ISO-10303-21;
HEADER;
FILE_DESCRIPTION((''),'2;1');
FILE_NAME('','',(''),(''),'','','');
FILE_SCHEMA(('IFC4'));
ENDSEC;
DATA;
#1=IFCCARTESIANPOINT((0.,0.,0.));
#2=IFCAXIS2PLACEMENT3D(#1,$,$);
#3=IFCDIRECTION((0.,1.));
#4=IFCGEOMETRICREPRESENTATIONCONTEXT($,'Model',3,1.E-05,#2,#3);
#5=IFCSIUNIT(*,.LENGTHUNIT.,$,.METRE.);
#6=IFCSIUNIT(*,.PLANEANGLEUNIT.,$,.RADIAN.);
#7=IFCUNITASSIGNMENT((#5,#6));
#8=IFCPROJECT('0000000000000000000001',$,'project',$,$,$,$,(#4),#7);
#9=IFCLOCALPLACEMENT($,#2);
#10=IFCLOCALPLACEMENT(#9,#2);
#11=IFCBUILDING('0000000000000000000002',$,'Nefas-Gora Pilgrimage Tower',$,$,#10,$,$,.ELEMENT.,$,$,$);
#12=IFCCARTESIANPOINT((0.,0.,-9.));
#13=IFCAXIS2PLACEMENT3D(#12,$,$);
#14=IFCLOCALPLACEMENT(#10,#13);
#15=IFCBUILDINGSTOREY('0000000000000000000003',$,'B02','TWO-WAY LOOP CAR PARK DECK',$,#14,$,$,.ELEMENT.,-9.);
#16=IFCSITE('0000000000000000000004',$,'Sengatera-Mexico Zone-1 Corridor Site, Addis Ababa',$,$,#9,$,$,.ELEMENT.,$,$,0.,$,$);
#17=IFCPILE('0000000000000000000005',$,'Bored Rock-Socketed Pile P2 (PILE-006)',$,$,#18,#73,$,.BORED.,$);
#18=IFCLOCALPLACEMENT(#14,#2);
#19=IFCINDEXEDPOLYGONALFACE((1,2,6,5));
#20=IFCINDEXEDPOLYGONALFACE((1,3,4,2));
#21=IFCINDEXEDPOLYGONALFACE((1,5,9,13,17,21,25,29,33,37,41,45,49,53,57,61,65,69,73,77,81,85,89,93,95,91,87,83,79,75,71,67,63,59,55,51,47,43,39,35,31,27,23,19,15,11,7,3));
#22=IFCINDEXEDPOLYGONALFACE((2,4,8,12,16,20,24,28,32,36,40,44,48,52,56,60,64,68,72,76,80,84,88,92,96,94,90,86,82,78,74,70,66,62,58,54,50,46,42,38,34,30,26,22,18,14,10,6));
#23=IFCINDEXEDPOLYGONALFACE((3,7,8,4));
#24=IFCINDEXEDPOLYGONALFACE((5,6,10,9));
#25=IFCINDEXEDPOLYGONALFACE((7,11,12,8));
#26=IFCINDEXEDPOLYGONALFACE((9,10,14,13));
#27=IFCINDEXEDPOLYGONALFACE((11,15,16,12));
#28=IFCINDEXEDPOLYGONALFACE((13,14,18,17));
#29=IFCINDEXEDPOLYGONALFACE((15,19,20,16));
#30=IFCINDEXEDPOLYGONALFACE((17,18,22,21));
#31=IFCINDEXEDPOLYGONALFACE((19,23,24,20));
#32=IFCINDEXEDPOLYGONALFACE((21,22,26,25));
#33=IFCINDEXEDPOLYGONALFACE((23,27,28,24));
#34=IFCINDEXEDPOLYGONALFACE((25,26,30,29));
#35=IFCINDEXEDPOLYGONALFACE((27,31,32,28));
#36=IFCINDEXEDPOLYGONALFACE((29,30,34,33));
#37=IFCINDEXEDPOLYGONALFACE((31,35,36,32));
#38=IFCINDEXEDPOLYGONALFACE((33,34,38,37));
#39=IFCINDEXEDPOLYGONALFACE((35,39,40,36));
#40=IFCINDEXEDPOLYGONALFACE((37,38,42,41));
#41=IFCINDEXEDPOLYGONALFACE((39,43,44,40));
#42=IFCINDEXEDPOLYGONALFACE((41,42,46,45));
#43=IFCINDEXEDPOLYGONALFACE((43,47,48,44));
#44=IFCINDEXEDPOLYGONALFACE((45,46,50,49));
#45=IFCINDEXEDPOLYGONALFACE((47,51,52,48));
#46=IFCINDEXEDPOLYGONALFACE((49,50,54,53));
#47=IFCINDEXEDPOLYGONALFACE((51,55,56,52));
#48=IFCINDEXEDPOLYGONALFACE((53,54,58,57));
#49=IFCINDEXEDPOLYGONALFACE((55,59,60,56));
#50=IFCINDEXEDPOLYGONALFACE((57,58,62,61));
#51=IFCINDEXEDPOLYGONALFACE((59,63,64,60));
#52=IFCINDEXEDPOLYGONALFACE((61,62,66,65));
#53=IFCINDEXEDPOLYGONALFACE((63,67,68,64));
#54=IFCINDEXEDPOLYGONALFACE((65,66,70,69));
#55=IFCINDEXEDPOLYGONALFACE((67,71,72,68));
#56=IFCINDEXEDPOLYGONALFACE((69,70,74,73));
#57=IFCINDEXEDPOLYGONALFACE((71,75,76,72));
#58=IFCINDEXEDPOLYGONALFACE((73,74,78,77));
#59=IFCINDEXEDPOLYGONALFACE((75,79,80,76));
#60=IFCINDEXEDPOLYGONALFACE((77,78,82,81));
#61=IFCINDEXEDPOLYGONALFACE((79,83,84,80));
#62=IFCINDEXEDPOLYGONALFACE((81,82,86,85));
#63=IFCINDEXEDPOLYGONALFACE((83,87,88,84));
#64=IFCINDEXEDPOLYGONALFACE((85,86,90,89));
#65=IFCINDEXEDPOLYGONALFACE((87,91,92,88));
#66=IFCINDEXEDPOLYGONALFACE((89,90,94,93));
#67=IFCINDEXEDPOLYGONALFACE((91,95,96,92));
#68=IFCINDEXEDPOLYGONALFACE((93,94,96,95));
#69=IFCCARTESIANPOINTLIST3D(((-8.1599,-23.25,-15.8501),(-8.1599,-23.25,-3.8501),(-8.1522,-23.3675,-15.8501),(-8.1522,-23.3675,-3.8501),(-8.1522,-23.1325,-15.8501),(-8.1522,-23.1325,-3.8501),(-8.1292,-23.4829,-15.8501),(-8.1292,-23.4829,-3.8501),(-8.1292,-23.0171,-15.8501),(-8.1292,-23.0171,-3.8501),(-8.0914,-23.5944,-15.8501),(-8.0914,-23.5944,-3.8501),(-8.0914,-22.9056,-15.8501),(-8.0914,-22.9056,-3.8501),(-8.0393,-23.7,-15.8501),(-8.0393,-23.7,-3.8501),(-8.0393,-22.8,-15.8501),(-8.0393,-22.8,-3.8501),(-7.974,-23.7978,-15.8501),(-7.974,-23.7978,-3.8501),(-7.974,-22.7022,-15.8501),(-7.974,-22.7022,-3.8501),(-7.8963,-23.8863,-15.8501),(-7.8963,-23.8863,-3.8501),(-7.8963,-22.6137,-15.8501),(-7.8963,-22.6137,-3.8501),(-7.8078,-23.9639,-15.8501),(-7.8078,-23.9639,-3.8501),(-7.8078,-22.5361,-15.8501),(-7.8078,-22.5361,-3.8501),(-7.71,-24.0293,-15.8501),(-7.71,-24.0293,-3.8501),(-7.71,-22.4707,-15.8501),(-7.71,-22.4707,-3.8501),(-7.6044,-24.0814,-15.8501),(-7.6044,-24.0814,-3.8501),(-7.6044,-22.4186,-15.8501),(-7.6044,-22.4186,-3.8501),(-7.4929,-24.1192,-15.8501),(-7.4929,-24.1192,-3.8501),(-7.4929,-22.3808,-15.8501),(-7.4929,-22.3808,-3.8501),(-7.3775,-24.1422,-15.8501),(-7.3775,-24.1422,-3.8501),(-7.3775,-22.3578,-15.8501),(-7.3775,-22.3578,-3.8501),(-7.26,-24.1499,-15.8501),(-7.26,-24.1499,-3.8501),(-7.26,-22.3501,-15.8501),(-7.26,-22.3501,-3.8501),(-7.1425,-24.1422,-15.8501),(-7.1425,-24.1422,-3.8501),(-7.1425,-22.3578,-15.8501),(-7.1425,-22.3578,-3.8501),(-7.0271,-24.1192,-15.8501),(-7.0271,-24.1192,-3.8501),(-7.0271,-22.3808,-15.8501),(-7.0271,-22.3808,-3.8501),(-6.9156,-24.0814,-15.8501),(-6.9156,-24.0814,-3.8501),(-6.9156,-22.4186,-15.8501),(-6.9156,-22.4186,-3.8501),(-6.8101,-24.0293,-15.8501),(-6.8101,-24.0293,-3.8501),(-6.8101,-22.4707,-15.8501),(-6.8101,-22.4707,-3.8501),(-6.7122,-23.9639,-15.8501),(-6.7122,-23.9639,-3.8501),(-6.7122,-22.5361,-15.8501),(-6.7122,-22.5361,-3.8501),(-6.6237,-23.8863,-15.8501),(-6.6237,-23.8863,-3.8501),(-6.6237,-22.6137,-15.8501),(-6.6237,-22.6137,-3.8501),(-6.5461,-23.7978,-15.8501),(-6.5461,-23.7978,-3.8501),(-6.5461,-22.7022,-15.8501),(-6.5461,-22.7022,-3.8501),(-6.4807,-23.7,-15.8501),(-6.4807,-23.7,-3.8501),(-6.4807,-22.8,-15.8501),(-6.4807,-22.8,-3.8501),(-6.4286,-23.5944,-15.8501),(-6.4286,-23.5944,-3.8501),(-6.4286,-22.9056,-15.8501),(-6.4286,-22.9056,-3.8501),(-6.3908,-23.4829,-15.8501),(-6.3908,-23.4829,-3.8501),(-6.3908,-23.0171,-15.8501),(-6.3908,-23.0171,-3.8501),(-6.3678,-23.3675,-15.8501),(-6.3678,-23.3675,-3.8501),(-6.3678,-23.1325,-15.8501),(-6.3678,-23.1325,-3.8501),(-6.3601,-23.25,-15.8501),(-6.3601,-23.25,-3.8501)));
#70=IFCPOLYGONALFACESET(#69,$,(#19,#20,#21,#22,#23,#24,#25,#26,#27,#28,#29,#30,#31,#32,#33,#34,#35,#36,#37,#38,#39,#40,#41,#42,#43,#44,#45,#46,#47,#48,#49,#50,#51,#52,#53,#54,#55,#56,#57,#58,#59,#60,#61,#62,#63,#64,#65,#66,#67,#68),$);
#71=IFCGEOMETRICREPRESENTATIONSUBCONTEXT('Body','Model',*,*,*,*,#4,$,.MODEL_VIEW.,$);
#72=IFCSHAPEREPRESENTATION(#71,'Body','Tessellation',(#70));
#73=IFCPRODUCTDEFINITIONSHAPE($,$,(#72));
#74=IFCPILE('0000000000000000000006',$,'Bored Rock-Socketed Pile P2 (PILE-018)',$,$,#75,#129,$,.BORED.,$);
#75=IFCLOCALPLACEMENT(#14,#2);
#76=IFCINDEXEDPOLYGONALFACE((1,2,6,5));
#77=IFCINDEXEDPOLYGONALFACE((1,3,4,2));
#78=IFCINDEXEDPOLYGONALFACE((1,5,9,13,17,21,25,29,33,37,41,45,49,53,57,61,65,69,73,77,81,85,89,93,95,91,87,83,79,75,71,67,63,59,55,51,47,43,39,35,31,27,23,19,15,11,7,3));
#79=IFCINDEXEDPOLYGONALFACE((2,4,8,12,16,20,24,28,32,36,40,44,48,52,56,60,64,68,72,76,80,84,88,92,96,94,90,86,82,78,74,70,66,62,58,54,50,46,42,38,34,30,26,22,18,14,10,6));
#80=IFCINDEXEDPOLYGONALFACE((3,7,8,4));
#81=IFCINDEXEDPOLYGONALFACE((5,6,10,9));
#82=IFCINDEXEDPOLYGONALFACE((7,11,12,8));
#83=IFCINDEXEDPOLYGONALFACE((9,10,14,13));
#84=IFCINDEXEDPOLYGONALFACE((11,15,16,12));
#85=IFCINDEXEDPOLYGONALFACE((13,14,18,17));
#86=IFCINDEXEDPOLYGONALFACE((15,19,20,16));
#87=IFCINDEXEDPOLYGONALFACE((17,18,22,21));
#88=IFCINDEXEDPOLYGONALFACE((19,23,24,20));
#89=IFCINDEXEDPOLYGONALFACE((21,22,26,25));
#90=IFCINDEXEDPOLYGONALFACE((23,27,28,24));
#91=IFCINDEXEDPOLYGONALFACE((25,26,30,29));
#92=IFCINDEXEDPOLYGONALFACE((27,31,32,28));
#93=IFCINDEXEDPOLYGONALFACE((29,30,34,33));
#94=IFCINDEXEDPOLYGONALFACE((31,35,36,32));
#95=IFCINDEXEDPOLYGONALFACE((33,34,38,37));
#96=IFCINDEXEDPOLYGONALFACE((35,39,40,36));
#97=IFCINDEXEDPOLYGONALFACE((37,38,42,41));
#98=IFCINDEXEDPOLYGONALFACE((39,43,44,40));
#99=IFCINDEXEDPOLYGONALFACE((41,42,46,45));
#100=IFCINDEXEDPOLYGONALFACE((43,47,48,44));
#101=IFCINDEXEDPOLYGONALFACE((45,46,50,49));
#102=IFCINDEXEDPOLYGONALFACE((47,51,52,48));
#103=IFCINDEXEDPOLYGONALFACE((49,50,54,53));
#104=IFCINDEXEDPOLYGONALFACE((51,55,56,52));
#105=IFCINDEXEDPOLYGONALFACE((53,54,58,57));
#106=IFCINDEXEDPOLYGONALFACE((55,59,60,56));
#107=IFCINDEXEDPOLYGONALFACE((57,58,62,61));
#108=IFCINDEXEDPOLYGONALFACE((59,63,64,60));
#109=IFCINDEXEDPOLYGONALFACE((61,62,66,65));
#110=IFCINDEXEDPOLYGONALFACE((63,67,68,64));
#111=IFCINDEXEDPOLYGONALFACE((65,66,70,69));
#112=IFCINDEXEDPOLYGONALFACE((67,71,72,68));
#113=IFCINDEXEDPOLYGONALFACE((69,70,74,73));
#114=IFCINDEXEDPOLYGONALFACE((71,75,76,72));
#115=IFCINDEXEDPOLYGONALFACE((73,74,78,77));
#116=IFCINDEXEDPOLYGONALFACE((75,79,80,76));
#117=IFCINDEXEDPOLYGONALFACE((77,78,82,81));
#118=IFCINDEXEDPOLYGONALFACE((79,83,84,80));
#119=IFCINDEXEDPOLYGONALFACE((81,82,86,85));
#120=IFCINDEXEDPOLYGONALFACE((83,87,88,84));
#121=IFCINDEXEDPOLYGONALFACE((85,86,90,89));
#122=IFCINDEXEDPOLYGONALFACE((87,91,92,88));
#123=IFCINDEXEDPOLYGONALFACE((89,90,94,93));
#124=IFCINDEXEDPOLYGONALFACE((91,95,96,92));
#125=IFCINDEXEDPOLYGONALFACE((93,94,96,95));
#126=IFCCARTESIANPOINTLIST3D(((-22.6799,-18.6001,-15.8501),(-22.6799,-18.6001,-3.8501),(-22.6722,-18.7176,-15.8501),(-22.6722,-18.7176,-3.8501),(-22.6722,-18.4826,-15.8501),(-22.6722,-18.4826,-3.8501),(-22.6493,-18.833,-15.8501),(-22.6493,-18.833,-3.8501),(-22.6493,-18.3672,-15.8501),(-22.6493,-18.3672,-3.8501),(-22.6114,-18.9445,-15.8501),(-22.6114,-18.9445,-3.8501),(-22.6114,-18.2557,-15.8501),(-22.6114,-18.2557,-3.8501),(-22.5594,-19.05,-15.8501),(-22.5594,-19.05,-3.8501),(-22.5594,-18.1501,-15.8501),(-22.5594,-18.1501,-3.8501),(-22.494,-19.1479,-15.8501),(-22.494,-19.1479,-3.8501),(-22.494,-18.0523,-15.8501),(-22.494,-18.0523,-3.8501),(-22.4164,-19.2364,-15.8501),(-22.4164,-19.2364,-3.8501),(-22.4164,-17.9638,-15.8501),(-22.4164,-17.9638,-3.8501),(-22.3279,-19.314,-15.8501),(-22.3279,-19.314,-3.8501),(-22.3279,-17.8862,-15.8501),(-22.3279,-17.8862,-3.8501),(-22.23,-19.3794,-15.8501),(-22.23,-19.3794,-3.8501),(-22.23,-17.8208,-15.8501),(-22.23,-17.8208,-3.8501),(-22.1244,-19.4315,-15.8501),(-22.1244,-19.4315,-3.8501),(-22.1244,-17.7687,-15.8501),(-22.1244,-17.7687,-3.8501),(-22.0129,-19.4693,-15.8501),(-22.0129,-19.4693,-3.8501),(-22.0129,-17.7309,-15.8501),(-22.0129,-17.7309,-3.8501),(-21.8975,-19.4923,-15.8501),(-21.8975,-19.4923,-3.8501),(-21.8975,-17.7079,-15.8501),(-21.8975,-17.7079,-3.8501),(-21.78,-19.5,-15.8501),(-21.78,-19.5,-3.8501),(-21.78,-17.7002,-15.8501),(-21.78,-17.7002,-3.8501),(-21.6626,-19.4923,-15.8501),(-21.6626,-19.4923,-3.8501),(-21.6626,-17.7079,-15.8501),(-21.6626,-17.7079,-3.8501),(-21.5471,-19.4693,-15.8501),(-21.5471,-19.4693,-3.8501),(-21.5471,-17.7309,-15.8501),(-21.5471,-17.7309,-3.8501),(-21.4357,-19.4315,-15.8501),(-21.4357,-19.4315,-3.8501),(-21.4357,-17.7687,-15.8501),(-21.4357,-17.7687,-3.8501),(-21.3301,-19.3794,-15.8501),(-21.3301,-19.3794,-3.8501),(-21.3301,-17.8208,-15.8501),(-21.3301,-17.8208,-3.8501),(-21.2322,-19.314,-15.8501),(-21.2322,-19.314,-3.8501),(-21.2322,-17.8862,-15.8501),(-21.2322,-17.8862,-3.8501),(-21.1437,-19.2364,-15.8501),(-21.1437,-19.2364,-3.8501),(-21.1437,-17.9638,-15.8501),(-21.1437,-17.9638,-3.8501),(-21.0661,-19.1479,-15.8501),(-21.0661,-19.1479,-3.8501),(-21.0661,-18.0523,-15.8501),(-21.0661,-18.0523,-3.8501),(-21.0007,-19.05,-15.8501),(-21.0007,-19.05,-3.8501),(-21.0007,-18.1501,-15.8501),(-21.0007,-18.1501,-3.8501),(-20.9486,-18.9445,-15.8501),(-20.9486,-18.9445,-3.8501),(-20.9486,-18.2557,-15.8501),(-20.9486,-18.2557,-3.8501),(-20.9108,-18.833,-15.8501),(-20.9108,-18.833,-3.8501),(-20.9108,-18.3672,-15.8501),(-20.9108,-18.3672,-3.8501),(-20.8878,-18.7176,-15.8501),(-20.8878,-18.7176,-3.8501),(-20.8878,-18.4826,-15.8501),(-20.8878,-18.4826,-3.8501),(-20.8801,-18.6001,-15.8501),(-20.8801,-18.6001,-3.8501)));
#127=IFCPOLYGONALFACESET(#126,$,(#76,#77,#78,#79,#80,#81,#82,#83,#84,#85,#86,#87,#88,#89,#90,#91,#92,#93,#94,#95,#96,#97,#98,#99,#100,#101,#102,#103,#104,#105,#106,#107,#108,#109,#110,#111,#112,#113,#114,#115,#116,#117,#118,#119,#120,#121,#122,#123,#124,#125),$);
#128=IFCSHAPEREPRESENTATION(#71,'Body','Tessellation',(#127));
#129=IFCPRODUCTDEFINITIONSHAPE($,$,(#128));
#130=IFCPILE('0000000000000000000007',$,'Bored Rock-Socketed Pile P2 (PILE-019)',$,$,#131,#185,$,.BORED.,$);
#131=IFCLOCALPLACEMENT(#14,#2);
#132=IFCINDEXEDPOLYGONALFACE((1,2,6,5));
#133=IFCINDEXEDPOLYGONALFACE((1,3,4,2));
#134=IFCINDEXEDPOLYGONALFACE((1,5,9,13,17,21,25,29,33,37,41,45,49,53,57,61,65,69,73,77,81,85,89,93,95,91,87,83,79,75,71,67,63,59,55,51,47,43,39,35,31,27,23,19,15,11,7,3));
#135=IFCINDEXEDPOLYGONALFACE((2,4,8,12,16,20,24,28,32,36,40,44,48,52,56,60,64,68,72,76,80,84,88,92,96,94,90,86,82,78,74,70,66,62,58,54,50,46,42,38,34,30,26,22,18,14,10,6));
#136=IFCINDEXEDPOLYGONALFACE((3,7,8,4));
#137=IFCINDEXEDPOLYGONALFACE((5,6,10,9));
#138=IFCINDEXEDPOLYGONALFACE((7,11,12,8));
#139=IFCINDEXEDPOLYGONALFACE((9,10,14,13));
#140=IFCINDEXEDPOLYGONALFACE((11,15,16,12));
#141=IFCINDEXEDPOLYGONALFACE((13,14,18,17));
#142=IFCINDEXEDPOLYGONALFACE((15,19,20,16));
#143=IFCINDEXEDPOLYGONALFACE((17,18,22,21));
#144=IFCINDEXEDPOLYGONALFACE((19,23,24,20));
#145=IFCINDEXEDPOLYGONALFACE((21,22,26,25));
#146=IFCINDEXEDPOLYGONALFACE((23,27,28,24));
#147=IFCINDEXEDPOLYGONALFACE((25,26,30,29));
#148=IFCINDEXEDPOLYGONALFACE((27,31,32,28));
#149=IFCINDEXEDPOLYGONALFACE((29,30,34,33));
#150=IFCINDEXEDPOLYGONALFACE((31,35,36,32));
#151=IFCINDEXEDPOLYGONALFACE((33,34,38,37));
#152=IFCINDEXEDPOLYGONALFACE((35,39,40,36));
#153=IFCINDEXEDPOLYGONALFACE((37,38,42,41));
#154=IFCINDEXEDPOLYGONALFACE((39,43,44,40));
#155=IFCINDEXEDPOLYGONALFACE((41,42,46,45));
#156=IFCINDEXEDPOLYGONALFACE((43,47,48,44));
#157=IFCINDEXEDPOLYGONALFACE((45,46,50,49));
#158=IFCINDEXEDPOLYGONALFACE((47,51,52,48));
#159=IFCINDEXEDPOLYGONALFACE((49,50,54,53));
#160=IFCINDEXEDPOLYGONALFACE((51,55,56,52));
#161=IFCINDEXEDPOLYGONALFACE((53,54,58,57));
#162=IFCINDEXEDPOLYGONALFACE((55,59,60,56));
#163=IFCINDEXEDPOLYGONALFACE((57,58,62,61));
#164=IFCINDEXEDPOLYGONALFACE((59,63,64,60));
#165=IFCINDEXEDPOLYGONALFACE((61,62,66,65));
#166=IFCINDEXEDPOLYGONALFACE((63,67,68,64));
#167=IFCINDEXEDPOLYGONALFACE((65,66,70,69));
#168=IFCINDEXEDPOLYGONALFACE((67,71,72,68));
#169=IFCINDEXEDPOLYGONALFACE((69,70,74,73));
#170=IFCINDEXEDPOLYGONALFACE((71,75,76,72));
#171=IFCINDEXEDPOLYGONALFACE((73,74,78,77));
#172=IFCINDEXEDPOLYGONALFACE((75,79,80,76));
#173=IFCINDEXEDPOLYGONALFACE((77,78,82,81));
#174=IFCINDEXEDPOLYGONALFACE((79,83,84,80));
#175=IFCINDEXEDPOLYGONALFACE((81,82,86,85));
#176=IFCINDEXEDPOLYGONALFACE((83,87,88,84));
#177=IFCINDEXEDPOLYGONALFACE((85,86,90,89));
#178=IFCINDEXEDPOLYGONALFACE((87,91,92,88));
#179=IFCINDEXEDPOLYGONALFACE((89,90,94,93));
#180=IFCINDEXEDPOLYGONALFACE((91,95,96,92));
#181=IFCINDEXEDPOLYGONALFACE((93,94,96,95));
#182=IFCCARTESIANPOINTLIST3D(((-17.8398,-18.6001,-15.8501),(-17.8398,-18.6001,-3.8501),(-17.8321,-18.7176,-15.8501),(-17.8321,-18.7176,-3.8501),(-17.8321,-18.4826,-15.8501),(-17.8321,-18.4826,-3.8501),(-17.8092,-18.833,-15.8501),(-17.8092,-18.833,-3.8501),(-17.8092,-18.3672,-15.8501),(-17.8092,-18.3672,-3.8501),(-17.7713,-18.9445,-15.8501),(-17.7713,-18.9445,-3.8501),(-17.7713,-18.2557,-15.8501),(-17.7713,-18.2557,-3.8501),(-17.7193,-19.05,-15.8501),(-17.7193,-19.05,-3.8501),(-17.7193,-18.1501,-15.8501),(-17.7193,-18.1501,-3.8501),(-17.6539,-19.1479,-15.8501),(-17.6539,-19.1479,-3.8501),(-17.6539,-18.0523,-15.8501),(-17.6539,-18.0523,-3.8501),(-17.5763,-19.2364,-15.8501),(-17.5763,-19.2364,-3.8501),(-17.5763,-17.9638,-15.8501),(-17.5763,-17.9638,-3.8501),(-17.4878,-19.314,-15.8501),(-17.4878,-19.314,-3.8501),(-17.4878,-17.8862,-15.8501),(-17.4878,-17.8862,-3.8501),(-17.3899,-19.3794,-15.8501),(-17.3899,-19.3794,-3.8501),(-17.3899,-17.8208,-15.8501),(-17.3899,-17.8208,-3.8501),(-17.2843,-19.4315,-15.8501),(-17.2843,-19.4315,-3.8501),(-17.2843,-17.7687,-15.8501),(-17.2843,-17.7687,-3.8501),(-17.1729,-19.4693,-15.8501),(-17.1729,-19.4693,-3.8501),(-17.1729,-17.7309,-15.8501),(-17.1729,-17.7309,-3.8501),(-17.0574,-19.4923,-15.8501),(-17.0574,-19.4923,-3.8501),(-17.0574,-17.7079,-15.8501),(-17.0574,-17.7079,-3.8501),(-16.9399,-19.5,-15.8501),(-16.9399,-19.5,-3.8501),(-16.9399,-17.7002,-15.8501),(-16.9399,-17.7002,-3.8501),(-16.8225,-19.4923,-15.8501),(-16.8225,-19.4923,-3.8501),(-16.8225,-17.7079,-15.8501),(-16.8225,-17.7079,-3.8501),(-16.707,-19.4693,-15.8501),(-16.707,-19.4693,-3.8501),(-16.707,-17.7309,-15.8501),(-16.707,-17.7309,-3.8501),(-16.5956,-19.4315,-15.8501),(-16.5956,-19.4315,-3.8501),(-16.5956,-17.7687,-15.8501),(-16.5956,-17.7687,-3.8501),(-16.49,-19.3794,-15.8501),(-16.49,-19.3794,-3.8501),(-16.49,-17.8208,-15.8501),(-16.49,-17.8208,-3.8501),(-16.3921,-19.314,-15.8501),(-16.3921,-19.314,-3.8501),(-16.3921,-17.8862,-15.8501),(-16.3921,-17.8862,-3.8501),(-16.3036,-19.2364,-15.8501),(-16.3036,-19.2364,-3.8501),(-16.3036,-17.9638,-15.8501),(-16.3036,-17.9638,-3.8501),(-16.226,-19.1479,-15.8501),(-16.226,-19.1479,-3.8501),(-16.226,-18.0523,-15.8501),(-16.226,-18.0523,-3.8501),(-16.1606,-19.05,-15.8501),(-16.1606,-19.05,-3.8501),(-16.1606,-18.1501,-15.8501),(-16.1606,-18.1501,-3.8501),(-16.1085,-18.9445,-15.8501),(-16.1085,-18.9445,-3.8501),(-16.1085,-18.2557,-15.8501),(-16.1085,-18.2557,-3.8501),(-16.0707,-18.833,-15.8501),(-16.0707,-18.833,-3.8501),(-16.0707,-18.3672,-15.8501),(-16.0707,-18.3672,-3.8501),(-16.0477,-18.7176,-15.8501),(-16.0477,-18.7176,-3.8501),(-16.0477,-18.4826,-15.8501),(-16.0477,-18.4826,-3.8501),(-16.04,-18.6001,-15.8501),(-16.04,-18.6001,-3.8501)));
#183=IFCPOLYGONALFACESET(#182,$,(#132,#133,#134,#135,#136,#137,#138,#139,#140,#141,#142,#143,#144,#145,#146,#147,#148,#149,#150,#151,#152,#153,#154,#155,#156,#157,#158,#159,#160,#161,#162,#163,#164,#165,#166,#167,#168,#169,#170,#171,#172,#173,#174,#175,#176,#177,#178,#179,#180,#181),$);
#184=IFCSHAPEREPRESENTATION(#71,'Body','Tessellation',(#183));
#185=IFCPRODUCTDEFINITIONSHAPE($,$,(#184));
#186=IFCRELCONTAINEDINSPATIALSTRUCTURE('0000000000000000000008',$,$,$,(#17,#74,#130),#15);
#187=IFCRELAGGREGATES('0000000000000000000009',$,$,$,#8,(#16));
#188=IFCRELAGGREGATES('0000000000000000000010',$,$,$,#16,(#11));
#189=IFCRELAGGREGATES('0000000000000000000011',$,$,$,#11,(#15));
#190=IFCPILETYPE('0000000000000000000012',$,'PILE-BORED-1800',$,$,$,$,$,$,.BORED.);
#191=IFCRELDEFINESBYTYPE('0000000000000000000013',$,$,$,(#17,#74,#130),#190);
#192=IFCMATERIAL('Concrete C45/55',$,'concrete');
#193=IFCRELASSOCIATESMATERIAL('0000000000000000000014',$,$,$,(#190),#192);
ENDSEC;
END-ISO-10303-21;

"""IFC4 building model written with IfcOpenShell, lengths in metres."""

from ifc_helpers import new_model, si_unit, direction, frame, origin, origin_2d, place, context, subcontext, project, spatial, circle, extrude, source, transform, mapped, material, material_profile, profile_set, type_object, element, save


model = new_model("IFC4")

# Units and contexts
model_context = context("Model", 3, precision=1e-05, world=origin(), true_north=direction((0.0, 1.0)))
body_context = subcontext(model_context, "Body", "Model", "MODEL_VIEW")
ifc_project = project(units=[si_unit("LENGTHUNIT", "METRE"), si_unit("PLANEANGLEUNIT", "RADIAN")], contexts=[model_context])

# Site, building, storey
site_placement = place(None, origin())
site = spatial("IfcSite", under=ifc_project, at=site_placement, Name="Sengatera-Mexico Zone-1 Corridor Site, Addis Ababa", CompositionType="ELEMENT", RefElevation=0.0)
building_placement = place(site_placement, origin())
building = spatial("IfcBuilding", under=site, at=building_placement, Name="Nefas-Gora Pilgrimage Tower", CompositionType="ELEMENT")
storey_placement = place(building_placement, frame((0.0, 0.0, -9.0)))
storey = spatial("IfcBuildingStorey", under=building, at=storey_placement, Name="B02", Description="TWO-WAY LOOP CAR PARK DECK", CompositionType="ELEMENT", Elevation=-9.0)

# Piles
ifc_material_1 = material(Name="Concrete C45/55", Category="concrete")
ifc_material_profile_1 = material_profile(ifc_material_1, circle(Radius=0.8999, at=origin_2d()), Name="PILE D1800")
ifc_profile_set_1 = profile_set([ifc_material_profile_1], Name="Concrete C45/55")
pile_type_1 = type_object("IfcPileType", Name="PILE-BORED-1800", PredefinedType="BORED", material=ifc_profile_set_1)
shared_shape_1 = source(origin(), body_context, "Body", "SweptSolid", [
    extrude(circle(Radius=0.8999, at=origin_2d()), origin(), (0.0, 0.0, 1.0), 12.0),
])
for number, where, z_axis, x_axis, name in (
    (1, (-7.26, -23.25, -3.8501), (0.0, 0.0, -1.0), (1.0, 0.0, 0.0), "Bored Rock-Socketed Pile P2 (PILE-006)"),
    (2, (-21.78, -18.6001, -3.8501), (0.0, 0.0, -1.0), (1.0, 0.0, 0.0), "Bored Rock-Socketed Pile P2 (PILE-018)"),
    (3, (-16.9399, -18.6001, -3.8501), (0.0, 0.0, -1.0), (1.0, 0.0, 0.0), "Bored Rock-Socketed Pile P2 (PILE-019)"),
):
    element("IfcPile", number, at=place(storey_placement, frame(where, z_axis=z_axis, x_axis=x_axis)), inside=storey, type_object=pile_type_1, Name=name, PredefinedType="BORED", context=body_context, shape_type="MappedRepresentation", body=[
        mapped(shared_shape_1, transform((0.0, 0.0, 0.0), x_axis=(1.0, 0.0, 0.0), y_axis=(0.0, 1.0, 0.0), z_axis=(0.0, 0.0, 1.0), scale=1.0)),
    ])

save(model, "model.ifc")
